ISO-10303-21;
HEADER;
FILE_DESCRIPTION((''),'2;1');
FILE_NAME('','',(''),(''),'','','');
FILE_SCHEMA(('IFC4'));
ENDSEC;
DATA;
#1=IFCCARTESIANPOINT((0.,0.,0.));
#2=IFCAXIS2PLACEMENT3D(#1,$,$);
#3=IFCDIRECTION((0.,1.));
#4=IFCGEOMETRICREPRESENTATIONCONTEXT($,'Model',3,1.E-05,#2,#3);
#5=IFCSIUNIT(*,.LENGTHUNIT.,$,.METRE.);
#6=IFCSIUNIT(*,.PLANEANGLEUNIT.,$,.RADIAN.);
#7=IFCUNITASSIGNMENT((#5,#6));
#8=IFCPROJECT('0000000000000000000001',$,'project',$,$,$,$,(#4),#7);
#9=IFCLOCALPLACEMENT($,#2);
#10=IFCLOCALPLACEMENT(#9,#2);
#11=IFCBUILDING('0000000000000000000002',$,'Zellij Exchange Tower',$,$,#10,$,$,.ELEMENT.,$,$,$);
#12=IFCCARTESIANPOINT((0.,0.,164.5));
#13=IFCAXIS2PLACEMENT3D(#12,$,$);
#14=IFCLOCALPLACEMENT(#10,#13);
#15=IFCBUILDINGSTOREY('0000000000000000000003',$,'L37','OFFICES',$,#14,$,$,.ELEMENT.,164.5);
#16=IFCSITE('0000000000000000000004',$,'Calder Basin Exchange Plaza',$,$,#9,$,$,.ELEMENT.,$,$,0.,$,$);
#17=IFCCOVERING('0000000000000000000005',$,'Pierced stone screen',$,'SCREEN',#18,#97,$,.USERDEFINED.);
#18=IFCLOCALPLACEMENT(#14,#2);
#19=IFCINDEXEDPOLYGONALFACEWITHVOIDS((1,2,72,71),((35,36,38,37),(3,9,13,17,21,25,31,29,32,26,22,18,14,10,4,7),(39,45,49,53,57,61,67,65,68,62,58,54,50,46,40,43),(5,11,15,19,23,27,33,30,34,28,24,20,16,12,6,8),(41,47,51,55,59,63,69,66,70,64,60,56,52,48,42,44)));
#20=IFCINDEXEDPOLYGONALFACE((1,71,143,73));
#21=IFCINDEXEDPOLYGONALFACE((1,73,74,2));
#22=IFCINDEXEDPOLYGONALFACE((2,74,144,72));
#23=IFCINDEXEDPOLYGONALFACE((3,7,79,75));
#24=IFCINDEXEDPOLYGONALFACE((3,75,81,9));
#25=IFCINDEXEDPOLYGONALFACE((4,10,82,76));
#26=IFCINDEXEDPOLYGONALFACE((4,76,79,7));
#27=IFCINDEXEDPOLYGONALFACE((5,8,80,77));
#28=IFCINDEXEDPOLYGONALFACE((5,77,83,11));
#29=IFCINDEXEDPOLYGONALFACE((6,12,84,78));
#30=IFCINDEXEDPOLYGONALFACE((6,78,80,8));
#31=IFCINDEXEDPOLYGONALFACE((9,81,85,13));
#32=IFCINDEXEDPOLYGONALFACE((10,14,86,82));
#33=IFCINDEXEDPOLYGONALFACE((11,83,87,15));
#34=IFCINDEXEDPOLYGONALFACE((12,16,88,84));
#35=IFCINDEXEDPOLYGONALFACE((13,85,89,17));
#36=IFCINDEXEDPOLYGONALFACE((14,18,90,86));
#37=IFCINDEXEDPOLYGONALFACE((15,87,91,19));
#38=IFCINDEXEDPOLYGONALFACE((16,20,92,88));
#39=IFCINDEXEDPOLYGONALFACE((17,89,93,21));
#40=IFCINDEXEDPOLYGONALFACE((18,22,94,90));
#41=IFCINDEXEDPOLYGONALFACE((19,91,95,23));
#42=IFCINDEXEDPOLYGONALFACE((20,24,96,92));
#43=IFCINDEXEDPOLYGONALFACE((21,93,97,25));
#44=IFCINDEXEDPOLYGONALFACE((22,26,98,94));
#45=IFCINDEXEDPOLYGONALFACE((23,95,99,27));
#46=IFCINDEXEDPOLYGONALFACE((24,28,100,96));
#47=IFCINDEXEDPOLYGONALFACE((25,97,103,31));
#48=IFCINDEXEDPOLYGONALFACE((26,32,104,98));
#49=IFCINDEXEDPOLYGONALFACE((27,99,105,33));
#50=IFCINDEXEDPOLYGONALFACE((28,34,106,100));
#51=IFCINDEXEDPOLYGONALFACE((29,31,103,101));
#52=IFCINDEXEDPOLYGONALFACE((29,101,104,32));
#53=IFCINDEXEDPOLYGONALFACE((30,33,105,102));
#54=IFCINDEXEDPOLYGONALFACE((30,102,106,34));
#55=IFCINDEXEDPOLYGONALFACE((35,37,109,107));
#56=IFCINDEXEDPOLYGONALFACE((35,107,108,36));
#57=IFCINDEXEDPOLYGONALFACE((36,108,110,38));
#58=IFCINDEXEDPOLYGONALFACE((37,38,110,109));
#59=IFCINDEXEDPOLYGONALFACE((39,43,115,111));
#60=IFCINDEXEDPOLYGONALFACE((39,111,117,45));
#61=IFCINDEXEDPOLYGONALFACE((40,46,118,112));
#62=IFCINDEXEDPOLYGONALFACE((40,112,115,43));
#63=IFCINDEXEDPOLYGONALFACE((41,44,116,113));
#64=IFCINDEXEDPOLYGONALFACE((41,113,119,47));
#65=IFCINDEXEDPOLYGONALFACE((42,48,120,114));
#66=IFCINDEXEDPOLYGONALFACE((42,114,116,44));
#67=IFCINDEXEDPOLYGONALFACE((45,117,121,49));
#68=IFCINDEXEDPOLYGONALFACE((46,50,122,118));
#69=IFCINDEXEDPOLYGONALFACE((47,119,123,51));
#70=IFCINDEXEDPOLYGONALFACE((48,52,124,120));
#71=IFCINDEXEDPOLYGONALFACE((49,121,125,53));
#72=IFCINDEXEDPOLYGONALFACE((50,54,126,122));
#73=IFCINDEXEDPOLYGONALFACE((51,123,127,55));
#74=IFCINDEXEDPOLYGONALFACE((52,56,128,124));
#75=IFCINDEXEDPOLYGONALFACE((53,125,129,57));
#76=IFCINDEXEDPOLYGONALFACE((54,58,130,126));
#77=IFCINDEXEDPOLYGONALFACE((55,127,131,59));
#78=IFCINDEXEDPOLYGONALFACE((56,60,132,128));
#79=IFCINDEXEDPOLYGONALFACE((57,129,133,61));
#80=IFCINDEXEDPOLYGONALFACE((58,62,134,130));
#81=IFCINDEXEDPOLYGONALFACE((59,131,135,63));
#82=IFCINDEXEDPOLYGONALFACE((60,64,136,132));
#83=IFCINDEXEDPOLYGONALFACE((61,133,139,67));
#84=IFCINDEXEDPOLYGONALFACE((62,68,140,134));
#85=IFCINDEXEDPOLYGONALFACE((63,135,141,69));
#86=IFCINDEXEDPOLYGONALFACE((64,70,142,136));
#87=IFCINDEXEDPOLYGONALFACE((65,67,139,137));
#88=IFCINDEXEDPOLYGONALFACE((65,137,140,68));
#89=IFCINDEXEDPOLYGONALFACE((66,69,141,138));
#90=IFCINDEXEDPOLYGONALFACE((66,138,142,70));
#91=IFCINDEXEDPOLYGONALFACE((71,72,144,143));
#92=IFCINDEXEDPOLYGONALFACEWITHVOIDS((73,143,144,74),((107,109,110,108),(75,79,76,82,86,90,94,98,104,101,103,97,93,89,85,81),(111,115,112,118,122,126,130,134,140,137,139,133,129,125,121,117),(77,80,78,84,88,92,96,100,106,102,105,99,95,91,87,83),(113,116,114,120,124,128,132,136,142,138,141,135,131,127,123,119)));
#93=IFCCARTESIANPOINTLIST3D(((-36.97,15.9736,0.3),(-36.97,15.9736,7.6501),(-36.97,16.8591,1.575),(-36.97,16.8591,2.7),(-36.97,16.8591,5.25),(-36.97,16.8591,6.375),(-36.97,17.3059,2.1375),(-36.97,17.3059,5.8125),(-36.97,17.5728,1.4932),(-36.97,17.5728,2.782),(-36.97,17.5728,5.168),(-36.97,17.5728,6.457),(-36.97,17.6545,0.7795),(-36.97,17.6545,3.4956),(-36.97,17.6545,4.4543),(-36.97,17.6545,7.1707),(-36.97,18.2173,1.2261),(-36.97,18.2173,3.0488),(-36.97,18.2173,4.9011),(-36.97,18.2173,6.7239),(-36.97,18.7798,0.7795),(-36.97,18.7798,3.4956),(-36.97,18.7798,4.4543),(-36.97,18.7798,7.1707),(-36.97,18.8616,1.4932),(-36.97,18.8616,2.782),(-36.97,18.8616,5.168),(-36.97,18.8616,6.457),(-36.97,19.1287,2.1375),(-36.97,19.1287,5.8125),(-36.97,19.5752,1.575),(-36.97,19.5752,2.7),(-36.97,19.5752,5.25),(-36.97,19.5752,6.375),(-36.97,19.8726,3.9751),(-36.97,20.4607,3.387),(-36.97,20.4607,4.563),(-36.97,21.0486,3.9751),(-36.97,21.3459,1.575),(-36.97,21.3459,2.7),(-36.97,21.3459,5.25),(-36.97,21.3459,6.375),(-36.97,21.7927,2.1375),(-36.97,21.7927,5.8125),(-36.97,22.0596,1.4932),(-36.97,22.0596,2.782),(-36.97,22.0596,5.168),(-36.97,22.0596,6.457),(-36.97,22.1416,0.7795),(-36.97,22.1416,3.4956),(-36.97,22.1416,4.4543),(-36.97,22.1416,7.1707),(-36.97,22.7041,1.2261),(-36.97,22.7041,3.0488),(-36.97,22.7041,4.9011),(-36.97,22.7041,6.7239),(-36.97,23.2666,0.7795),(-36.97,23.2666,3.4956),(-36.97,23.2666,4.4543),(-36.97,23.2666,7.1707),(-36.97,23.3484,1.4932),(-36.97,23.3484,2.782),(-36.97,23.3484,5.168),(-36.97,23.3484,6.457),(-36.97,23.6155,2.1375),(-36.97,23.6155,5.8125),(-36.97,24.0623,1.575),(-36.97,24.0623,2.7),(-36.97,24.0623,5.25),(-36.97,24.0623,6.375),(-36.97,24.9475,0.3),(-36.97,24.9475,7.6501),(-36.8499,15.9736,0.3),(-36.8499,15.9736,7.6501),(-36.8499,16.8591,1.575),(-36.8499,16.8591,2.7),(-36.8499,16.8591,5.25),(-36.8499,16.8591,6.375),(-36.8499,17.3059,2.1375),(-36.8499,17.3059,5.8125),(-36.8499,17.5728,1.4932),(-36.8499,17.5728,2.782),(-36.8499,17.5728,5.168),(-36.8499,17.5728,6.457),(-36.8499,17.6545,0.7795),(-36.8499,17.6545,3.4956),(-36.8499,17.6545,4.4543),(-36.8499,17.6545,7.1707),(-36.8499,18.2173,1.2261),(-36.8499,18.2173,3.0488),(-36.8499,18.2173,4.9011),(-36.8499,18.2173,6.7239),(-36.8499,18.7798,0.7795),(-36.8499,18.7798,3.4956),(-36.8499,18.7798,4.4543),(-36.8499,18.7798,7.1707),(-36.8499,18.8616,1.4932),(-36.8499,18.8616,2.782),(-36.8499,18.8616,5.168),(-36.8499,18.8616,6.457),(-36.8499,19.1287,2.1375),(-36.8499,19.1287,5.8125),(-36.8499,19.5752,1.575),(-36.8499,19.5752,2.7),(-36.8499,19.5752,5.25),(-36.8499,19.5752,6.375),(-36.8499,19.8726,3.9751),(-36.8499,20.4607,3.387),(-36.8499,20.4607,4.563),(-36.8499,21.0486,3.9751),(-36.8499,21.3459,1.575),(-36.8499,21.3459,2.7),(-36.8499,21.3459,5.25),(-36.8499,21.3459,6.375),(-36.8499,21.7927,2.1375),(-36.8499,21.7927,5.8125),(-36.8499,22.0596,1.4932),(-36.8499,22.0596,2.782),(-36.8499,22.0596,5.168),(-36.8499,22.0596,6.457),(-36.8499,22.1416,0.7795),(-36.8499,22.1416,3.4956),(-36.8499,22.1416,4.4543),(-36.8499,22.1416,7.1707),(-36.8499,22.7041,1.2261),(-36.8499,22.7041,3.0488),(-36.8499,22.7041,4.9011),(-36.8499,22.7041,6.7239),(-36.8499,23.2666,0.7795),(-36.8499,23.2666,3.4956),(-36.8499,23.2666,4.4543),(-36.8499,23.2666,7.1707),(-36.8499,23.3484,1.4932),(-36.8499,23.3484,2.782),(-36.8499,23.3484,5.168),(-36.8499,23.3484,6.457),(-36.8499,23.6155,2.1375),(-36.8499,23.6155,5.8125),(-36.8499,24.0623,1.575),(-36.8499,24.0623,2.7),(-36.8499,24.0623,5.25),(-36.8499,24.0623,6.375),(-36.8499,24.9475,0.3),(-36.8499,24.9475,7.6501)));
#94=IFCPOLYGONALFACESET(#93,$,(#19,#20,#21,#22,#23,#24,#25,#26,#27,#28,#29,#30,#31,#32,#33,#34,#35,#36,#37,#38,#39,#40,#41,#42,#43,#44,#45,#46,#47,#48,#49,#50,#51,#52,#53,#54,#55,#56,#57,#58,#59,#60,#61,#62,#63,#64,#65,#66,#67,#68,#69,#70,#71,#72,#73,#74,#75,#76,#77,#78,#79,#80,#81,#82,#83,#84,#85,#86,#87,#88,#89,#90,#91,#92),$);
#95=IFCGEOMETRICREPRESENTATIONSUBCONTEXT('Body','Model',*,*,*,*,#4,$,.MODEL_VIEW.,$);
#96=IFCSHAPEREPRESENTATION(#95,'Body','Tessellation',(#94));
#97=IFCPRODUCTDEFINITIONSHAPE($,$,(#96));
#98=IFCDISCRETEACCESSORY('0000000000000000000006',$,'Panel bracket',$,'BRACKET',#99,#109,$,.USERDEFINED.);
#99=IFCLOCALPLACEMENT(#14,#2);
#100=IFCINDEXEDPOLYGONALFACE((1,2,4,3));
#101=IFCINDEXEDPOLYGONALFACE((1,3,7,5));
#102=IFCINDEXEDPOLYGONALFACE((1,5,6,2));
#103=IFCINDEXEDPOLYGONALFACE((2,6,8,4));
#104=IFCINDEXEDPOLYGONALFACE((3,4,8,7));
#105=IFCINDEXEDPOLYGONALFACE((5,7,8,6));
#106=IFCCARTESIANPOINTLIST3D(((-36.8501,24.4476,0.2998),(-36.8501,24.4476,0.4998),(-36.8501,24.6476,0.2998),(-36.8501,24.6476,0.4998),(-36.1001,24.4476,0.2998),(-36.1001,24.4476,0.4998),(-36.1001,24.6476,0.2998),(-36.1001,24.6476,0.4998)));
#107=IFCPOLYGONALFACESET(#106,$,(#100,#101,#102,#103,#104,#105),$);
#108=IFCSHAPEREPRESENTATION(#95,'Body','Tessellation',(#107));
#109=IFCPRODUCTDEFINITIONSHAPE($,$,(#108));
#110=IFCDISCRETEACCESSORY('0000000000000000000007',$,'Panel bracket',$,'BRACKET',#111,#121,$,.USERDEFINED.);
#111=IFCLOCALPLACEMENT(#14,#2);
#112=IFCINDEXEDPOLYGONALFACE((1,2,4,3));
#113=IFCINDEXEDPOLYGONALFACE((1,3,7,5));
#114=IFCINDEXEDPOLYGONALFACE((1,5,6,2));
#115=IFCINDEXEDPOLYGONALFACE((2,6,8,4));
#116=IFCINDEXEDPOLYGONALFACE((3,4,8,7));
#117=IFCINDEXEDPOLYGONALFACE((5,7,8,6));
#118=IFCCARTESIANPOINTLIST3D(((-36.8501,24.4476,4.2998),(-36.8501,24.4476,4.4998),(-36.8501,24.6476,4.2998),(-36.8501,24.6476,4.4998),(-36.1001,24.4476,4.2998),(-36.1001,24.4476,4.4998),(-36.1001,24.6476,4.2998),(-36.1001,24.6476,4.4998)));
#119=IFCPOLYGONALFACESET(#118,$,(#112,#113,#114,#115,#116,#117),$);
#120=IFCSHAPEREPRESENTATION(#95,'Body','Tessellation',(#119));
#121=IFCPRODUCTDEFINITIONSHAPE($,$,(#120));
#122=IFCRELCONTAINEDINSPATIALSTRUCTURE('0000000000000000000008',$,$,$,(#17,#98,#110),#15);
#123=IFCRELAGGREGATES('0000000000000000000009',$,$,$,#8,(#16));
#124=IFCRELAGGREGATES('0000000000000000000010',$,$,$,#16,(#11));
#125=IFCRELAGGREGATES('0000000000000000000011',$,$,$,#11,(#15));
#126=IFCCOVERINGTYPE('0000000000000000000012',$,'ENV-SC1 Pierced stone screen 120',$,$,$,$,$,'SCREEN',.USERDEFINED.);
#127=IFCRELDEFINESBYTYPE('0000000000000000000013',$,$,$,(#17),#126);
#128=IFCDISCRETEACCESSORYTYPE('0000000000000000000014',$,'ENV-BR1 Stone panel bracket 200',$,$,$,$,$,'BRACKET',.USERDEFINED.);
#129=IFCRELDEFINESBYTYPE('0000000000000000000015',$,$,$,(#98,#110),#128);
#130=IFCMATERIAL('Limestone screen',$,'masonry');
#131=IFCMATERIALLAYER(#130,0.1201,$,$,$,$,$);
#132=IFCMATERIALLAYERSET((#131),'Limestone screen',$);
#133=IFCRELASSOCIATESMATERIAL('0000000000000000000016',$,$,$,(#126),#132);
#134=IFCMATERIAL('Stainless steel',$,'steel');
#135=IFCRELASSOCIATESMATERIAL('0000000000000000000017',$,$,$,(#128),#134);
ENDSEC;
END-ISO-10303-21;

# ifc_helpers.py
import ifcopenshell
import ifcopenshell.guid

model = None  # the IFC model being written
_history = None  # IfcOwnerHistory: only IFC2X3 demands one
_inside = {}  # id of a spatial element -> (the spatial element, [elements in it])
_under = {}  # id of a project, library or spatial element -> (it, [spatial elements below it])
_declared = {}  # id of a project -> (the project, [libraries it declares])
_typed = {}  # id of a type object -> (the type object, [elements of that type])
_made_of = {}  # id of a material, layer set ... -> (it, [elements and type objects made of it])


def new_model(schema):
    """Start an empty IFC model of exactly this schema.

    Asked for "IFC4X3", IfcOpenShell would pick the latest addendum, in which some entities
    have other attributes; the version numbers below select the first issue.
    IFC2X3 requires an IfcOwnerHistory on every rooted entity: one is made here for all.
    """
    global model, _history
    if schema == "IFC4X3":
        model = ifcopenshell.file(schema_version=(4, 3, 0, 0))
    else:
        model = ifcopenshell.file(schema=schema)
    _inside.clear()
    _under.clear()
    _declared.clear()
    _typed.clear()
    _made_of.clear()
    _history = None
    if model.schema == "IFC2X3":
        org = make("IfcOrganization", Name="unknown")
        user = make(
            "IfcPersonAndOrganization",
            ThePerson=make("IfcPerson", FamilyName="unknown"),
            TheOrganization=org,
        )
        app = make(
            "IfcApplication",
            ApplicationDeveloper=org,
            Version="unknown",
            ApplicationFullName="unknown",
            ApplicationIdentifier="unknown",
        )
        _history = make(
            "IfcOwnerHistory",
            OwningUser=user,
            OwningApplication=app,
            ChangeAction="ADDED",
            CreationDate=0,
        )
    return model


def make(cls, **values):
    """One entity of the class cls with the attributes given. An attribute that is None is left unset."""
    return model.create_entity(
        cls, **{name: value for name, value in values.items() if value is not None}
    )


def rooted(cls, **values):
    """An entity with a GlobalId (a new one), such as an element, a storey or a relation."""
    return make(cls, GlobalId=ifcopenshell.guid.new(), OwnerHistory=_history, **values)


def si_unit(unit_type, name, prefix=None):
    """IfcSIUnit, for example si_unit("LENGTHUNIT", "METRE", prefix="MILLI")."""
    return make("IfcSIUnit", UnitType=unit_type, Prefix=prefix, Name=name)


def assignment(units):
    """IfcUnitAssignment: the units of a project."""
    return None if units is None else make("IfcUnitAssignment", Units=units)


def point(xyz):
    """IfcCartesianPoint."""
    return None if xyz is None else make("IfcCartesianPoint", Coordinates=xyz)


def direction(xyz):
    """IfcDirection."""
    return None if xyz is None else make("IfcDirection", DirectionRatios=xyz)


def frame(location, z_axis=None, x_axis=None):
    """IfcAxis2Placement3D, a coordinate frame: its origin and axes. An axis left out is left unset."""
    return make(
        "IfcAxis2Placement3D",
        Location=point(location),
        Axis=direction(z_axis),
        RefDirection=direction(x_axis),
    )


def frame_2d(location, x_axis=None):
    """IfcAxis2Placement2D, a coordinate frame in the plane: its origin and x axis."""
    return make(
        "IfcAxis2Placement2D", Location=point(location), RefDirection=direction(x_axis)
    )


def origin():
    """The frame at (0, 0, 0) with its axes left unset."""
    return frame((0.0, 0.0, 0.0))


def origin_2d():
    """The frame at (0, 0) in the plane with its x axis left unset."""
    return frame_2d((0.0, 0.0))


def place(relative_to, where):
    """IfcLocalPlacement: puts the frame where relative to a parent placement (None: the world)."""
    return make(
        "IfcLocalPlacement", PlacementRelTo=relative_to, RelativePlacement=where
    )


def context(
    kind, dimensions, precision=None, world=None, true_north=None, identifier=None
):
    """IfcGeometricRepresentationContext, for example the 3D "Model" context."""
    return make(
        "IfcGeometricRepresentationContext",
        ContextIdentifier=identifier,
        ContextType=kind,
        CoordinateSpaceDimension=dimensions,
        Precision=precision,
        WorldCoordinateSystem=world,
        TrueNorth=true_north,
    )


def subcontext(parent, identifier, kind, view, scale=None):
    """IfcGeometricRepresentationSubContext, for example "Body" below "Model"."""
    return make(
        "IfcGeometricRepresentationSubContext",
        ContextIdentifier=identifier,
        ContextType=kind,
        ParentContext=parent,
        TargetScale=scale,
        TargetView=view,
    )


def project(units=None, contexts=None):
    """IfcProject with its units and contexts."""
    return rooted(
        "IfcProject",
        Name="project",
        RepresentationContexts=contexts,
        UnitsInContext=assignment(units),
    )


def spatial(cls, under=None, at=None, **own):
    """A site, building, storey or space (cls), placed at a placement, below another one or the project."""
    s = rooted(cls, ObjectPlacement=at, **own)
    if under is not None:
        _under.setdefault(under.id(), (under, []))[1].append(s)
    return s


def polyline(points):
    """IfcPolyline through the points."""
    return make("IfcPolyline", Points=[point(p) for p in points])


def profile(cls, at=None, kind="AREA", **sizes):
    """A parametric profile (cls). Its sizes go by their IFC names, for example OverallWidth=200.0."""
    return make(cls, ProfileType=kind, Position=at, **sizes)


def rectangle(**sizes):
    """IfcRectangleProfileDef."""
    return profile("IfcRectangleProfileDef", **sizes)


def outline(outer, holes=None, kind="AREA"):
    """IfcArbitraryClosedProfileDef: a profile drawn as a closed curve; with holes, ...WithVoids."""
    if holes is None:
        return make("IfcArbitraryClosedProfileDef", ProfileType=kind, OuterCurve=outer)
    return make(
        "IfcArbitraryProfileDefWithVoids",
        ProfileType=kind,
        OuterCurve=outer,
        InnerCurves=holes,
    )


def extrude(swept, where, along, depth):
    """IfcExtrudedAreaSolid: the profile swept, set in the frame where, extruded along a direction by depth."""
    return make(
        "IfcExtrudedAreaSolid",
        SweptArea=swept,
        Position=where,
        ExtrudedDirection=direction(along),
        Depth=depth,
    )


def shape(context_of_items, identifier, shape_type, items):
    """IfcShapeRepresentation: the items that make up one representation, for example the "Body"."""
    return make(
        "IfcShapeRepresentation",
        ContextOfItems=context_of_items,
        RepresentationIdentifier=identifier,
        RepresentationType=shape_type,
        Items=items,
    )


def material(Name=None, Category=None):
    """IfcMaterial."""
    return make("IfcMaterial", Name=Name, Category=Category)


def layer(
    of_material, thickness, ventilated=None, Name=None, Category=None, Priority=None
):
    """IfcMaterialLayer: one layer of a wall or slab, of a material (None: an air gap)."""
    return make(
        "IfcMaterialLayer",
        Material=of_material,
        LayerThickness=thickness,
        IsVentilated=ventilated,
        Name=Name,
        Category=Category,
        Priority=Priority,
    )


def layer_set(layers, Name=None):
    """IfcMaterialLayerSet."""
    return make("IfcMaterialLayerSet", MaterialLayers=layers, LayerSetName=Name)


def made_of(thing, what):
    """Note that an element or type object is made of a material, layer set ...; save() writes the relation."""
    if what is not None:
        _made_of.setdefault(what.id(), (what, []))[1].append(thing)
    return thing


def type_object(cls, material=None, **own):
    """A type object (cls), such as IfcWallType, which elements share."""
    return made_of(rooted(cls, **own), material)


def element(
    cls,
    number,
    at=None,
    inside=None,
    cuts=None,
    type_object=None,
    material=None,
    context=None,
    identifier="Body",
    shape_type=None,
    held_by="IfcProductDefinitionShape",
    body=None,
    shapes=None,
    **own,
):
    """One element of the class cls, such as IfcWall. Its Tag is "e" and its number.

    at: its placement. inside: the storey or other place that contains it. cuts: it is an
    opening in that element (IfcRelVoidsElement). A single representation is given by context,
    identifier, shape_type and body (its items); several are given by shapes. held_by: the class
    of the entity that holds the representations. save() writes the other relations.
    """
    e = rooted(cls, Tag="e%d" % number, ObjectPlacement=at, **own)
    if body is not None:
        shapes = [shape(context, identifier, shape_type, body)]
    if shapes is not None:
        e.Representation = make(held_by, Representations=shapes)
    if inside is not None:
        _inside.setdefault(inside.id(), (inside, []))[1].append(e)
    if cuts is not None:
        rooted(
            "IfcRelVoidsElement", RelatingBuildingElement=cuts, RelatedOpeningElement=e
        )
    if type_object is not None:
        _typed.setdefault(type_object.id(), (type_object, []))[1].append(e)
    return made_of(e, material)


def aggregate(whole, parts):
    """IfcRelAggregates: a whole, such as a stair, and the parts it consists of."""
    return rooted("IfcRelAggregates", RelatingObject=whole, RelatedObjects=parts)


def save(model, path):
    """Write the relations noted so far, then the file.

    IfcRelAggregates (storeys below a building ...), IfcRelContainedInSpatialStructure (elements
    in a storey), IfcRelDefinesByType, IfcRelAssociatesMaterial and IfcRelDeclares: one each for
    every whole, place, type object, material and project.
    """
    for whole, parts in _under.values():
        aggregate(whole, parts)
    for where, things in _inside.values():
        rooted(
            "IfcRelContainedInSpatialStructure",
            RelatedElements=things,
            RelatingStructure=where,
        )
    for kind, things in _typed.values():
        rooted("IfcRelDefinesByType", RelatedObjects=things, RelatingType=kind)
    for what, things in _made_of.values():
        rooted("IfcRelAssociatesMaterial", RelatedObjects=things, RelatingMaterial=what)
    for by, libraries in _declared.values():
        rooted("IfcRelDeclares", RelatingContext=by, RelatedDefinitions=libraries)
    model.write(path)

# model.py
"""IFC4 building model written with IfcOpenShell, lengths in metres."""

from ifc_helpers import new_model, si_unit, direction, frame, origin, origin_2d, place, context, subcontext, project, spatial, polyline, rectangle, outline, extrude, material, layer, layer_set, type_object, element, save


model = new_model("IFC4")

# Units and contexts
model_context = context("Model", 3, precision=1e-05, world=origin(), true_north=direction((0.0, 1.0)))
body_context = subcontext(model_context, "Body", "Model", "MODEL_VIEW")
ifc_project = project(units=[si_unit("LENGTHUNIT", "METRE"), si_unit("PLANEANGLEUNIT", "RADIAN")], contexts=[model_context])

# Site, building, storey
site_placement = place(None, origin())
site = spatial("IfcSite", under=ifc_project, at=site_placement, Name="Calder Basin Exchange Plaza", CompositionType="ELEMENT", RefElevation=0.0)
building_placement = place(site_placement, origin())
building = spatial("IfcBuilding", under=site, at=building_placement, Name="Zellij Exchange Tower", CompositionType="ELEMENT")
storey_placement = place(building_placement, frame((0.0, 0.0, 164.5)))
storey = spatial("IfcBuildingStorey", under=building, at=storey_placement, Name="L37", Description="OFFICES", CompositionType="ELEMENT", Elevation=164.5)

# Covering
ifc_material_1 = material(Name="Limestone screen", Category="masonry")
ifc_layer_1 = layer(ifc_material_1, 0.1201)
ifc_layer_set_1 = layer_set([ifc_layer_1], Name="Limestone screen")
covering_type = type_object("IfcCoveringType", Name="ENV-SC1 Pierced stone screen 120", ElementType="SCREEN", PredefinedType="USERDEFINED", material=ifc_layer_set_1)
covering_placement = place(storey_placement, frame((-36.9099, 24.9475, 0.3), z_axis=(0.0, 0.0, 1.0), x_axis=(0.0, -1.0, 0.0)))
element("IfcCovering", 1, at=covering_placement, inside=storey, type_object=covering_type, Name="Pierced stone screen", ObjectType="SCREEN", PredefinedType="USERDEFINED", context=body_context, shape_type="SweptSolid", body=[
    extrude(outline(polyline([(0.0, 0.0), (8.9739, 0.0), (8.9739, 7.3501), (0.0, 7.3501), (0.0, 0.0)]), holes=[polyline([(3.6016, 2.3999), (2.8879, 2.4819), (2.8059, 3.1956), (2.2434, 2.7488), (1.6809, 3.1956), (1.5991, 2.4819), (0.8853, 2.3999), (1.332, 1.8374), (0.8853, 1.2749), (1.5991, 1.1931), (1.6809, 0.4795), (2.2434, 0.926), (2.8059, 0.4795), (2.8879, 1.1931), (3.6016, 1.2749), (3.1548, 1.8374), (3.6016, 2.3999)]), polyline([(3.6016, 6.075), (2.8879, 6.157), (2.8059, 6.8706), (2.2434, 6.4238), (1.6809, 6.8706), (1.5991, 6.157), (0.8853, 6.075), (1.332, 5.5125), (0.8853, 4.95), (1.5991, 4.8679), (1.6809, 4.1543), (2.2434, 4.6011), (2.8059, 4.1543), (2.8879, 4.8679), (3.6016, 4.95), (3.1548, 5.5125), (3.6016, 6.075)]), polyline([(8.0884, 2.3999), (7.3748, 2.4819), (7.293, 3.1956), (6.7302, 2.7488), (6.1677, 3.1956), (6.0859, 2.4819), (5.3723, 2.3999), (5.8188, 1.8374), (5.3723, 1.2749), (6.0859, 1.1931), (6.1677, 0.4795), (6.7302, 0.926), (7.293, 0.4795), (7.3748, 1.1931), (8.0884, 1.2749), (7.6416, 1.8374), (8.0884, 2.3999)]), polyline([(8.0884, 6.075), (7.3748, 6.157), (7.293, 6.8706), (6.7302, 6.4238), (6.1677, 6.8706), (6.0859, 6.157), (5.3723, 6.075), (5.8188, 5.5125), (5.3723, 4.95), (6.0859, 4.8679), (6.1677, 4.1543), (6.7302, 4.6011), (7.293, 4.1543), (7.3748, 4.8679), (8.0884, 4.95), (7.6416, 5.5125), (8.0884, 6.075)]), polyline([(5.075, 3.675), (4.4868, 4.2629), (3.8989, 3.675), (4.4868, 3.0869), (5.075, 3.675)])]), frame((0.0, 0.0601, 0.0), z_axis=(0.0, -1.0, 0.0), x_axis=(1.0, 0.0, 0.0)), (0.0, 0.0, 1.0), 0.1201),
])

# Discrete accessories
ifc_material_2 = material(Name="Stainless steel", Category="steel")
discrete_accessory_type = type_object("IfcDiscreteAccessoryType", Name="ENV-BR1 Stone panel bracket 200", ElementType="BRACKET", PredefinedType="USERDEFINED", material=ifc_material_2)
for number, where, z_axis, x_axis, name in (
    (2, (-36.4751, 24.5476, 0.2998), (0.0, 0.0, 1.0), (0.0, -1.0, 0.0), "Panel bracket"),
    (3, (-36.4751, 24.5476, 4.2998), (0.0, 0.0, 1.0), (0.0, -1.0, 0.0), "Panel bracket"),
):
    element("IfcDiscreteAccessory", number, at=place(storey_placement, frame(where, z_axis=z_axis, x_axis=x_axis)), inside=storey, type_object=discrete_accessory_type, Name=name, ObjectType="BRACKET", PredefinedType="USERDEFINED", context=body_context, shape_type="SweptSolid", body=[
        extrude(rectangle(XDim=0.2, YDim=0.75, at=origin_2d()), origin(), (0.0, 0.0, 1.0), 0.2),
    ])

save(model, "model.ifc")
